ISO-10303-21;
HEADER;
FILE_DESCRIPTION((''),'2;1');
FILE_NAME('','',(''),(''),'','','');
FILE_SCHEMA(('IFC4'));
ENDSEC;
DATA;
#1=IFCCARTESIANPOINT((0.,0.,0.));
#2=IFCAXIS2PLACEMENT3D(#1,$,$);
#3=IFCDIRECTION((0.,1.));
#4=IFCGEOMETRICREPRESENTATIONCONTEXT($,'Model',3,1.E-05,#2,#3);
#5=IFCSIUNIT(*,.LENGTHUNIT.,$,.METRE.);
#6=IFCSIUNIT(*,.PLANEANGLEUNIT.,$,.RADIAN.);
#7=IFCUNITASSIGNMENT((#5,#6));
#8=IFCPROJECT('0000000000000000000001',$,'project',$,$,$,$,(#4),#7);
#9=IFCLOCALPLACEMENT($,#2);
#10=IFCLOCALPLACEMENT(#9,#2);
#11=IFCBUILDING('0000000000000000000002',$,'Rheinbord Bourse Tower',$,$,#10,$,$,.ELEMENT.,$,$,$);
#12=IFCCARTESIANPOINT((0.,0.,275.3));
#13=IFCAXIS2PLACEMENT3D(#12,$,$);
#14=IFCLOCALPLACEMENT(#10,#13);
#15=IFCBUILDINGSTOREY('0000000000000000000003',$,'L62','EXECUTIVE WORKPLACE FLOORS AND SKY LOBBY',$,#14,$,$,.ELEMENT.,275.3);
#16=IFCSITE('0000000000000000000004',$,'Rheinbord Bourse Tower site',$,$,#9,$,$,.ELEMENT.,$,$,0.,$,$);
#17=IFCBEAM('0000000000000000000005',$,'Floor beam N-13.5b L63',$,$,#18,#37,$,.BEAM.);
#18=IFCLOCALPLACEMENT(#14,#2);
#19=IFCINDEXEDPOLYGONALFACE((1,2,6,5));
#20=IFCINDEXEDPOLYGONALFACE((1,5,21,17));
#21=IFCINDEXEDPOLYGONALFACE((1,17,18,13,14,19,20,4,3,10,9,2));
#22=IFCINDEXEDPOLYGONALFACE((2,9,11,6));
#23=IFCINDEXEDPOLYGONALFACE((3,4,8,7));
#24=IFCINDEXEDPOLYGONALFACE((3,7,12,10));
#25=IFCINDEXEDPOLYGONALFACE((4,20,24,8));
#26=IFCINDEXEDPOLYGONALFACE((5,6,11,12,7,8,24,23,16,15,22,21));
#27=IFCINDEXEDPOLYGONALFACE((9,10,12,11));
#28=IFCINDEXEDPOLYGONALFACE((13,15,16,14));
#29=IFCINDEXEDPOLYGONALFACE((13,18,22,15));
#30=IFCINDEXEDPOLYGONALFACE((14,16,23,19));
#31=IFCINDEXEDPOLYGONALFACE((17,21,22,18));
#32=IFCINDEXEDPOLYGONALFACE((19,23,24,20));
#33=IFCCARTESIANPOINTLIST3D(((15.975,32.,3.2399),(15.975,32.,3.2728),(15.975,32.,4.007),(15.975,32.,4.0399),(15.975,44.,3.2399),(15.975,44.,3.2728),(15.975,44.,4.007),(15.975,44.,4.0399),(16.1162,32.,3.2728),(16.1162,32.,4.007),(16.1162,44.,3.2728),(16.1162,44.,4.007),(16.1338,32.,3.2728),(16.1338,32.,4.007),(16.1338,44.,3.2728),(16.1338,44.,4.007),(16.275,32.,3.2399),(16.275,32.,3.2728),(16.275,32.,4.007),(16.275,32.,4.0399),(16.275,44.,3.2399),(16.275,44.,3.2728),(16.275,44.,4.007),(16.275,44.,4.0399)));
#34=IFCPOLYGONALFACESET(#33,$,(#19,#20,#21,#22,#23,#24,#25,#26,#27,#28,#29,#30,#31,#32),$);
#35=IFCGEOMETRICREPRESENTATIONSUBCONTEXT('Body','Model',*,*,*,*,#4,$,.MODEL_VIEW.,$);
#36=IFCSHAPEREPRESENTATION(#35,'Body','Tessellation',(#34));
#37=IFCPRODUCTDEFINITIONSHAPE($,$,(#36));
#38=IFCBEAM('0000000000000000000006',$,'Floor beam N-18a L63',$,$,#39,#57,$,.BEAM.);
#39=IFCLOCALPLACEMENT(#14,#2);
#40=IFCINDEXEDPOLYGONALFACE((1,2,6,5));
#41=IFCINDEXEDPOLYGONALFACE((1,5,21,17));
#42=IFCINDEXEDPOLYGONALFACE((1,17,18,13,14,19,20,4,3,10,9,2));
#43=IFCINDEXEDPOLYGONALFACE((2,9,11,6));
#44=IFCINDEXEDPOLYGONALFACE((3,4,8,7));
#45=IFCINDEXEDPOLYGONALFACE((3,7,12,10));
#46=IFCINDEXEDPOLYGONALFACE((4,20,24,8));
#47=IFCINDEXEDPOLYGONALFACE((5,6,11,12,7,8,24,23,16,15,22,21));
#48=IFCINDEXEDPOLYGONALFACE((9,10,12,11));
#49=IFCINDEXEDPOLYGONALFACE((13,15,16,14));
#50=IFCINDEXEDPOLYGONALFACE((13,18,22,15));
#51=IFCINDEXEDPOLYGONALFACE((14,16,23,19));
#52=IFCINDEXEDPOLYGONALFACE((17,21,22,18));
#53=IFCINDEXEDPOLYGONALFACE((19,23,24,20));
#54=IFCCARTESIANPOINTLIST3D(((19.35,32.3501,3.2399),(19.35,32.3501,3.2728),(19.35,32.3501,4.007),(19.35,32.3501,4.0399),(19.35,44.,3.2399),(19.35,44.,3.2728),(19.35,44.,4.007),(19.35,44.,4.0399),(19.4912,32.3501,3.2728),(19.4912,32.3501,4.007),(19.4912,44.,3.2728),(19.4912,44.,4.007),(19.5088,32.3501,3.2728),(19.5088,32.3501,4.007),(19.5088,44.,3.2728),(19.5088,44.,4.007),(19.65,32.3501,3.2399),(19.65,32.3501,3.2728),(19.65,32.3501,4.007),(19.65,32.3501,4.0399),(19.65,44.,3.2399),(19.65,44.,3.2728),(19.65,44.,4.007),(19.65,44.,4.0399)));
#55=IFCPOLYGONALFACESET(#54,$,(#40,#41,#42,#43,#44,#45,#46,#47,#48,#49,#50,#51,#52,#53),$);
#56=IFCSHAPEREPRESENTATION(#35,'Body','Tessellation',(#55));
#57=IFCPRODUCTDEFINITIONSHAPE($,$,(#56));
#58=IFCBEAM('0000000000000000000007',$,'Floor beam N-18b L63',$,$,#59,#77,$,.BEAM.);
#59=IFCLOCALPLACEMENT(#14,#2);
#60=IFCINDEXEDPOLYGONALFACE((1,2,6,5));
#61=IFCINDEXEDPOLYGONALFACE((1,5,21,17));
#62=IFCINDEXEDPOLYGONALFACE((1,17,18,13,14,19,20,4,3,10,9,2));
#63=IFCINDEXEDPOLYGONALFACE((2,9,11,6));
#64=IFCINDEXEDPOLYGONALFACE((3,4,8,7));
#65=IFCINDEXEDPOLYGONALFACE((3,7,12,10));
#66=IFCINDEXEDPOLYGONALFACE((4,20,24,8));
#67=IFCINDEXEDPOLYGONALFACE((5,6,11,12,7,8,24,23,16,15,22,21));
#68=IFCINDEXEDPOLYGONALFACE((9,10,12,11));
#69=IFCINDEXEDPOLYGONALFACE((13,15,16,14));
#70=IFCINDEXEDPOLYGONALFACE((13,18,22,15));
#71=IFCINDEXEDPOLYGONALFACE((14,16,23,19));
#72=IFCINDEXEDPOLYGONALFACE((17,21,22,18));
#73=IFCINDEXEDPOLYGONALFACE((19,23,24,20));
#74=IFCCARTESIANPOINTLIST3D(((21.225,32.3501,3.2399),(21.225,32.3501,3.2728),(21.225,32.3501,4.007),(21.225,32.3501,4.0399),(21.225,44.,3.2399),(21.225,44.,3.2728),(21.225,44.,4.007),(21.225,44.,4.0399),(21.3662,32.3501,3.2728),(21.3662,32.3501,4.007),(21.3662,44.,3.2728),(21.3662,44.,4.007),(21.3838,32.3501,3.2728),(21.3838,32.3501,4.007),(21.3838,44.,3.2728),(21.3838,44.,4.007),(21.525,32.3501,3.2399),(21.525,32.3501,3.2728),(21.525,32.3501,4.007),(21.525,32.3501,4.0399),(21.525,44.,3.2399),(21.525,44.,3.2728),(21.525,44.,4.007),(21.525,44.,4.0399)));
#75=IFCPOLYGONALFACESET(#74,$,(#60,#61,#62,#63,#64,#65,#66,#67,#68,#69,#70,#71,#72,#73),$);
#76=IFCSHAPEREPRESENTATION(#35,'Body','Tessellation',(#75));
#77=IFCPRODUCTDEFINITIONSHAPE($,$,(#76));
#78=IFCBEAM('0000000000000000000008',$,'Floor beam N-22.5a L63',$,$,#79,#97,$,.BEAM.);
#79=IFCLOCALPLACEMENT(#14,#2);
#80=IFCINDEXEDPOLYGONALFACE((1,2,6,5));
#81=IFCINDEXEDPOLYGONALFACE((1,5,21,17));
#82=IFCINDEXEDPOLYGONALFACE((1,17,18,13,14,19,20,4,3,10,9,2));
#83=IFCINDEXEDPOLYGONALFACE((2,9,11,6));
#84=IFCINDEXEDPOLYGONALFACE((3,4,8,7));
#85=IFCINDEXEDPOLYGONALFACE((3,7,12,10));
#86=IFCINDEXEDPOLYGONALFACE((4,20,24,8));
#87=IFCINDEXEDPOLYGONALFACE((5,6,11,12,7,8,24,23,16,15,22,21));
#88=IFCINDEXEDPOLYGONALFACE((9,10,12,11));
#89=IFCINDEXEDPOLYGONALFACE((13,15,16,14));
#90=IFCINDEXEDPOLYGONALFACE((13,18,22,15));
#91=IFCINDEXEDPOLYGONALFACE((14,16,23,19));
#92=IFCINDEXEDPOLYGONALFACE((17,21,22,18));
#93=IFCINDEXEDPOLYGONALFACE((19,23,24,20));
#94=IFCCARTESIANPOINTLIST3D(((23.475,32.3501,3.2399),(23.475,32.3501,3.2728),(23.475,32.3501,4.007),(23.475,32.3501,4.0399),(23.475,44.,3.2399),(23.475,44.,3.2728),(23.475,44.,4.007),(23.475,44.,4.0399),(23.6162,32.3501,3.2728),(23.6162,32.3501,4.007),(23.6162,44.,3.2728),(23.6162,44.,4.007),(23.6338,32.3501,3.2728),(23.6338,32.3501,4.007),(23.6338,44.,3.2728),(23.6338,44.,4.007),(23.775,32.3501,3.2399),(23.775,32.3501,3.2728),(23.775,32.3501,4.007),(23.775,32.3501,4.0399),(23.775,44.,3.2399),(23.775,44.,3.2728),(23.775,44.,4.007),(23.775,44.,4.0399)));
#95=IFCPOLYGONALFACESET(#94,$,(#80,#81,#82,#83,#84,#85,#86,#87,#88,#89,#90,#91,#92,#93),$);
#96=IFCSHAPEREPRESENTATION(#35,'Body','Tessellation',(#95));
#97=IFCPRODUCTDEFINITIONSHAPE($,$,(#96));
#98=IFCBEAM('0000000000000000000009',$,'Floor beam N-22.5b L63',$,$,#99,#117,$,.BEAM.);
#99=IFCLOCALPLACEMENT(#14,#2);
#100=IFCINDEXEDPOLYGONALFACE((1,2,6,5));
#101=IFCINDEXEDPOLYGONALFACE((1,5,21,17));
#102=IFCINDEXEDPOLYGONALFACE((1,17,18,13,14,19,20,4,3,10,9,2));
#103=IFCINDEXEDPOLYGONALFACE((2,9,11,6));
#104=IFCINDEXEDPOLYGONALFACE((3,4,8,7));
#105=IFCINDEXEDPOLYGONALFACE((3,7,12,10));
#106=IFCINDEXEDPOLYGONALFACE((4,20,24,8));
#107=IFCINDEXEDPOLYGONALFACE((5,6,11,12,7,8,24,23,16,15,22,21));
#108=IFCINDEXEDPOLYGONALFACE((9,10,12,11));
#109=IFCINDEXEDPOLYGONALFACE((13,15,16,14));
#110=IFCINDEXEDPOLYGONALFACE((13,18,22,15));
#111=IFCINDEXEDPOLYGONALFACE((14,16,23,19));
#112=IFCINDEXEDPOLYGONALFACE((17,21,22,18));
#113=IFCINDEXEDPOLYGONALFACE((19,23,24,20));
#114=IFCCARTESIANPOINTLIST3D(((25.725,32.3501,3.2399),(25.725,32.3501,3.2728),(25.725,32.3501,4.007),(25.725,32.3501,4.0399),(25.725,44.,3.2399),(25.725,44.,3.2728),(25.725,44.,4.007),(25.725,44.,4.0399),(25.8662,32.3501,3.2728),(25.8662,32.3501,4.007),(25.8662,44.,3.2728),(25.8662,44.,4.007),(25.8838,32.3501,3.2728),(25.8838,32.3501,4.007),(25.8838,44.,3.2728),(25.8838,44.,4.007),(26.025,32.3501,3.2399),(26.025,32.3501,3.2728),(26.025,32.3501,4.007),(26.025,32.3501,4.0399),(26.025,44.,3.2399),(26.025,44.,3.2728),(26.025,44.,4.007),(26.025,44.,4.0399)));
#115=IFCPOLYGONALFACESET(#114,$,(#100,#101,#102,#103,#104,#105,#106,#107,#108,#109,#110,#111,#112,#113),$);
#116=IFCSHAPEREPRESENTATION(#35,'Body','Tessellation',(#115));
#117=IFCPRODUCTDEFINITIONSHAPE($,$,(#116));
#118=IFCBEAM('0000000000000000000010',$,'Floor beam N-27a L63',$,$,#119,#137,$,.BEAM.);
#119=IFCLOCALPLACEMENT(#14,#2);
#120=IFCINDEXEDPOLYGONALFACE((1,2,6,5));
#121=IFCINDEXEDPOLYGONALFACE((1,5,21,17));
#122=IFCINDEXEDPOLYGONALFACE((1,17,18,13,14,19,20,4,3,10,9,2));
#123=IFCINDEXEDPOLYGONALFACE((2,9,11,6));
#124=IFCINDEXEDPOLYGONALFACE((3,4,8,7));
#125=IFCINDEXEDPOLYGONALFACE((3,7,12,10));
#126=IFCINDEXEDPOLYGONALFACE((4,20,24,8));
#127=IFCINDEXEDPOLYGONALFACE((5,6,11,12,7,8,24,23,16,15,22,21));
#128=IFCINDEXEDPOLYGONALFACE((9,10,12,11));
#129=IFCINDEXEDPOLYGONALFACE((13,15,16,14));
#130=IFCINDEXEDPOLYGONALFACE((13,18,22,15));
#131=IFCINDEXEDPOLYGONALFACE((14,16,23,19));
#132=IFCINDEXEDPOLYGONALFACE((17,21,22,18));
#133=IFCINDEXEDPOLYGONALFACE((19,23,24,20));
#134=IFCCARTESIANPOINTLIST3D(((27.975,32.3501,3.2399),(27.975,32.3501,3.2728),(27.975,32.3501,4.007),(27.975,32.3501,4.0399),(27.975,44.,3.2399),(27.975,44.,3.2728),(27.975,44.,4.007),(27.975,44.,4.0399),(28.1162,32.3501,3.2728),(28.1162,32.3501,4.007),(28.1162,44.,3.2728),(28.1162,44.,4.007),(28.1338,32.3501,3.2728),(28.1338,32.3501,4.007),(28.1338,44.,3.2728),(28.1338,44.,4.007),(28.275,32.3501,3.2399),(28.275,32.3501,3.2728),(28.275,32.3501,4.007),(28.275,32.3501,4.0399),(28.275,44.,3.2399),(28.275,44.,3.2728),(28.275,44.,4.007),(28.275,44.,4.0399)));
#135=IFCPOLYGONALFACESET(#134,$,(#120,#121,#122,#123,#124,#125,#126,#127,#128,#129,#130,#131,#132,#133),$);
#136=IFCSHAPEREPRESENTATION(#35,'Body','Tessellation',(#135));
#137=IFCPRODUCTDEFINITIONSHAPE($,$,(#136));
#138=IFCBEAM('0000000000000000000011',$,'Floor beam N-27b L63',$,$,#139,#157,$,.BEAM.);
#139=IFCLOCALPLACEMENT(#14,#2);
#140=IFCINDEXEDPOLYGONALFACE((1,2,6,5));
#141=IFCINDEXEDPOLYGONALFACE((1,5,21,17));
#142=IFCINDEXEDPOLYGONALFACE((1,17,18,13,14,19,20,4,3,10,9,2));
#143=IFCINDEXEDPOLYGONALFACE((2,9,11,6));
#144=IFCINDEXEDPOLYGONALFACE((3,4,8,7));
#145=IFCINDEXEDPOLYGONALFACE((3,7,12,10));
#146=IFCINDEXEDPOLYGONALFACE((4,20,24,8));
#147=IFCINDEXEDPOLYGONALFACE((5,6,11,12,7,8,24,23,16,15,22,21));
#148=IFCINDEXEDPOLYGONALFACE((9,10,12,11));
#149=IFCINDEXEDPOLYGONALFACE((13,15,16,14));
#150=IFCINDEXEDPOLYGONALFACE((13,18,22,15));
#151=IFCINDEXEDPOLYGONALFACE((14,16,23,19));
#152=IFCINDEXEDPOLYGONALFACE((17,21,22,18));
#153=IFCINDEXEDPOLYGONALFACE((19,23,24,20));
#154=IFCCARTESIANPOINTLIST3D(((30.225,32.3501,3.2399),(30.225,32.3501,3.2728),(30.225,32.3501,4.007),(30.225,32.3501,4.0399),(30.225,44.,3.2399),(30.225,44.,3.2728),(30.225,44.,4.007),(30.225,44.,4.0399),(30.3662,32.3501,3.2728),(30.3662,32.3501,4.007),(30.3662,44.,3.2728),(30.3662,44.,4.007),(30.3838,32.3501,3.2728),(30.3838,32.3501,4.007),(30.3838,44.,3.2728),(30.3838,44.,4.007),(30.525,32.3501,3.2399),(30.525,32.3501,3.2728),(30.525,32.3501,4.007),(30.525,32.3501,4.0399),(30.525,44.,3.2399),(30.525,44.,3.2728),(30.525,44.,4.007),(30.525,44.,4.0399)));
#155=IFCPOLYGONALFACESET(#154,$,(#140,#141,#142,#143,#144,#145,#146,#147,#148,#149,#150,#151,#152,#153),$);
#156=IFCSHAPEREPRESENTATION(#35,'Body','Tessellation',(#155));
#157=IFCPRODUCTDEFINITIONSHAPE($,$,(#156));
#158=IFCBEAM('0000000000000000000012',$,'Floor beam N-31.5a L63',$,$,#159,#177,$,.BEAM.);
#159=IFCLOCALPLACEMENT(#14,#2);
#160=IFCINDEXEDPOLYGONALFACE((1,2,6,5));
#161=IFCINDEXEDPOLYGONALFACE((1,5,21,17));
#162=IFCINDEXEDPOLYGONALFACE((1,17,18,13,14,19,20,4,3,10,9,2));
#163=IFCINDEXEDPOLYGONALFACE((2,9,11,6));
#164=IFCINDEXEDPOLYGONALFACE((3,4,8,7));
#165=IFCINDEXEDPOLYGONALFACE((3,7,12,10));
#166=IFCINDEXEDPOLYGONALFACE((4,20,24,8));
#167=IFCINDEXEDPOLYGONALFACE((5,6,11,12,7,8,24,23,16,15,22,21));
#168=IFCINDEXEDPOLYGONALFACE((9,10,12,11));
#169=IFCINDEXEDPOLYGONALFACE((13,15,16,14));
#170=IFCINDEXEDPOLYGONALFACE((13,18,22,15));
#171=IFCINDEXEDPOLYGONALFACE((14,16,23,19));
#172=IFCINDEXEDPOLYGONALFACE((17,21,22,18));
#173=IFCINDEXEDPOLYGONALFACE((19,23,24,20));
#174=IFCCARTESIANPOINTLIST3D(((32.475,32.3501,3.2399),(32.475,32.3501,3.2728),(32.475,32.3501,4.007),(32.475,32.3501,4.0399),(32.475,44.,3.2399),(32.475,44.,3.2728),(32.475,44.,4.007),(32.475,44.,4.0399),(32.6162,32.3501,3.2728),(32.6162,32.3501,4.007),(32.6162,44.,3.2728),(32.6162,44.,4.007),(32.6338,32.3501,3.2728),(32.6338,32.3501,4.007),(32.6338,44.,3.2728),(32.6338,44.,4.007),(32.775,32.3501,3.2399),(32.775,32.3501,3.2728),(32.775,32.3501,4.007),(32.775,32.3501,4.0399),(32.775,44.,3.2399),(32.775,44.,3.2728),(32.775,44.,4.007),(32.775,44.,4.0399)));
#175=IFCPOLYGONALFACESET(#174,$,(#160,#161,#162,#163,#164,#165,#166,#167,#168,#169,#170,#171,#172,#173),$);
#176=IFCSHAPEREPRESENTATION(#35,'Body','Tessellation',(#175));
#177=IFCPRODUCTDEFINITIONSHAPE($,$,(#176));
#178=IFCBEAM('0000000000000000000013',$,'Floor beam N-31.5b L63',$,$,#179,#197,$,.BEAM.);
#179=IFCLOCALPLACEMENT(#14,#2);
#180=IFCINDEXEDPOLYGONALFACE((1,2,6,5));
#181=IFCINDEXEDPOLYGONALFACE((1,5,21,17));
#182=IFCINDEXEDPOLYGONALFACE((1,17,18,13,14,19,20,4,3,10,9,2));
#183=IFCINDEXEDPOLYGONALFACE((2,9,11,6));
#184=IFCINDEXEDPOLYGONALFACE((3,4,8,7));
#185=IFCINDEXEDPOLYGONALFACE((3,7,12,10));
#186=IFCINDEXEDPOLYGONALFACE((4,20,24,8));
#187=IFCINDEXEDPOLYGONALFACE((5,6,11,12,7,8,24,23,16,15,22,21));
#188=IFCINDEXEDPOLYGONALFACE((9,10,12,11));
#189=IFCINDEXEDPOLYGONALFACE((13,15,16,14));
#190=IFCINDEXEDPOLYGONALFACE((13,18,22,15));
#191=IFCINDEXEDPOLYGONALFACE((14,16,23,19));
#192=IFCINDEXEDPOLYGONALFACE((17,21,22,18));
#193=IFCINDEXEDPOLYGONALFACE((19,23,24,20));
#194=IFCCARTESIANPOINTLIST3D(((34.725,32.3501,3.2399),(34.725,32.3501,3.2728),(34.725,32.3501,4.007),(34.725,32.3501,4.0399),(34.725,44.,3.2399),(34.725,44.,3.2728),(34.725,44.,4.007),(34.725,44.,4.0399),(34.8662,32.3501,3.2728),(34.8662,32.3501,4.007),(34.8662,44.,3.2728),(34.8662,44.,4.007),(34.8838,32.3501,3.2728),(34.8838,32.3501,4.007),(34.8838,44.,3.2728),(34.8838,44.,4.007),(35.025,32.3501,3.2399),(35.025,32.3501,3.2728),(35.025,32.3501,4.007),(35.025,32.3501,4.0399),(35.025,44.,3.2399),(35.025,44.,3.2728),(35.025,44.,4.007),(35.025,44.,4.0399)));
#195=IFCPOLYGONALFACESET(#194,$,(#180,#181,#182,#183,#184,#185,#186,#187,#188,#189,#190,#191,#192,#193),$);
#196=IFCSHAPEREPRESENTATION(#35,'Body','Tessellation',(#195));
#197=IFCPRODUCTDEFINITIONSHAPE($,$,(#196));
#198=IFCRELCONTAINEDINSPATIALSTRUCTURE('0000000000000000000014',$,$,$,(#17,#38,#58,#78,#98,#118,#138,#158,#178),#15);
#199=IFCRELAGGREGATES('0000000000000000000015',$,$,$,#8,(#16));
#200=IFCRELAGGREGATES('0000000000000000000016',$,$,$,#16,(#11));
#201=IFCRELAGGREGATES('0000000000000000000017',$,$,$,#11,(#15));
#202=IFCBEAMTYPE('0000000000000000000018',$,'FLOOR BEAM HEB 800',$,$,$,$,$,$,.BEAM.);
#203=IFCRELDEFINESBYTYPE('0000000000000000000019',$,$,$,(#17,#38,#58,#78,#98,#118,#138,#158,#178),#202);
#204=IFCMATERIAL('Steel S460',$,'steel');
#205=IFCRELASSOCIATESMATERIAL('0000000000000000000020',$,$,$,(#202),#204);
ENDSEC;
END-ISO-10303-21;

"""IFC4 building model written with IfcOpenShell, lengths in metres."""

from ifc_helpers import new_model, si_unit, direction, frame, origin, origin_2d, place, context, subcontext, project, spatial, i_section, extrude, material, material_profile, profile_set, type_object, element, save


model = new_model("IFC4")

# Units and contexts
model_context = context("Model", 3, precision=1e-05, world=origin(), true_north=direction((0.0, 1.0)))
body_context = subcontext(model_context, "Body", "Model", "MODEL_VIEW")
ifc_project = project(units=[si_unit("LENGTHUNIT", "METRE"), si_unit("PLANEANGLEUNIT", "RADIAN")], contexts=[model_context])

# Site, building, storey
site_placement = place(None, origin())
site = spatial("IfcSite", under=ifc_project, at=site_placement, Name="Rheinbord Bourse Tower site", CompositionType="ELEMENT", RefElevation=0.0)
building_placement = place(site_placement, origin())
building = spatial("IfcBuilding", under=site, at=building_placement, Name="Rheinbord Bourse Tower", CompositionType="ELEMENT")
storey_placement = place(building_placement, frame((0.0, 0.0, 275.3)))
storey = spatial("IfcBuildingStorey", under=building, at=storey_placement, Name="L62", Description="EXECUTIVE WORKPLACE FLOORS AND SKY LOBBY", CompositionType="ELEMENT", Elevation=275.3)

# Beams
ifc_material_1 = material(Name="Steel S460", Category="steel")
ifc_material_profile_1 = material_profile(ifc_material_1, i_section(OverallWidth=0.3, OverallDepth=0.8, WebThickness=0.0176, FlangeThickness=0.033, at=origin_2d()), Name="HEB 800")
ifc_profile_set_1 = profile_set([ifc_material_profile_1], Name="Steel S460")
beam_type_1 = type_object("IfcBeamType", Name="FLOOR BEAM HEB 800", PredefinedType="BEAM", material=ifc_profile_set_1)
for number, where, z_axis, x_axis, name in (
    (1, (16.125, 44.0, 3.6399), (0.0, -1.0, 0.0), (1.0, 0.0, 0.0), "Floor beam N-13.5b L63"),
):
    element("IfcBeam", number, at=place(storey_placement, frame(where, z_axis=z_axis, x_axis=x_axis)), inside=storey, type_object=beam_type_1, Name=name, PredefinedType="BEAM", context=body_context, shape_type="SweptSolid", body=[
        extrude(i_section(OverallWidth=0.3, OverallDepth=0.8, WebThickness=0.0176, FlangeThickness=0.033, at=origin_2d()), origin(), (0.0, 0.0, 1.0), 12.0),
    ])
for number, where, z_axis, x_axis, name in (
    (2, (19.5, 44.0, 3.6399), (0.0, -1.0, 0.0), (1.0, 0.0, 0.0), "Floor beam N-18a L63"),
    (3, (21.375, 44.0, 3.6399), (0.0, -1.0, 0.0), (1.0, 0.0, 0.0), "Floor beam N-18b L63"),
    (4, (23.625, 44.0, 3.6399), (0.0, -1.0, 0.0), (1.0, 0.0, 0.0), "Floor beam N-22.5a L63"),
    (5, (25.875, 44.0, 3.6399), (0.0, -1.0, 0.0), (1.0, 0.0, 0.0), "Floor beam N-22.5b L63"),
    (6, (28.125, 44.0, 3.6399), (0.0, -1.0, 0.0), (1.0, 0.0, 0.0), "Floor beam N-27a L63"),
    (7, (30.375, 44.0, 3.6399), (0.0, -1.0, 0.0), (1.0, 0.0, 0.0), "Floor beam N-27b L63"),
    (8, (32.625, 44.0, 3.6399), (0.0, -1.0, 0.0), (1.0, 0.0, 0.0), "Floor beam N-31.5a L63"),
    (9, (34.875, 44.0, 3.6399), (0.0, -1.0, 0.0), (1.0, 0.0, 0.0), "Floor beam N-31.5b L63"),
):
    element("IfcBeam", number, at=place(storey_placement, frame(where, z_axis=z_axis, x_axis=x_axis)), inside=storey, type_object=beam_type_1, Name=name, PredefinedType="BEAM", context=body_context, shape_type="SweptSolid", body=[
        extrude(i_section(OverallWidth=0.3, OverallDepth=0.8, WebThickness=0.0176, FlangeThickness=0.033, at=origin_2d()), origin(), (0.0, 0.0, 1.0), 11.6499),
    ])

save(model, "model.ifc")
